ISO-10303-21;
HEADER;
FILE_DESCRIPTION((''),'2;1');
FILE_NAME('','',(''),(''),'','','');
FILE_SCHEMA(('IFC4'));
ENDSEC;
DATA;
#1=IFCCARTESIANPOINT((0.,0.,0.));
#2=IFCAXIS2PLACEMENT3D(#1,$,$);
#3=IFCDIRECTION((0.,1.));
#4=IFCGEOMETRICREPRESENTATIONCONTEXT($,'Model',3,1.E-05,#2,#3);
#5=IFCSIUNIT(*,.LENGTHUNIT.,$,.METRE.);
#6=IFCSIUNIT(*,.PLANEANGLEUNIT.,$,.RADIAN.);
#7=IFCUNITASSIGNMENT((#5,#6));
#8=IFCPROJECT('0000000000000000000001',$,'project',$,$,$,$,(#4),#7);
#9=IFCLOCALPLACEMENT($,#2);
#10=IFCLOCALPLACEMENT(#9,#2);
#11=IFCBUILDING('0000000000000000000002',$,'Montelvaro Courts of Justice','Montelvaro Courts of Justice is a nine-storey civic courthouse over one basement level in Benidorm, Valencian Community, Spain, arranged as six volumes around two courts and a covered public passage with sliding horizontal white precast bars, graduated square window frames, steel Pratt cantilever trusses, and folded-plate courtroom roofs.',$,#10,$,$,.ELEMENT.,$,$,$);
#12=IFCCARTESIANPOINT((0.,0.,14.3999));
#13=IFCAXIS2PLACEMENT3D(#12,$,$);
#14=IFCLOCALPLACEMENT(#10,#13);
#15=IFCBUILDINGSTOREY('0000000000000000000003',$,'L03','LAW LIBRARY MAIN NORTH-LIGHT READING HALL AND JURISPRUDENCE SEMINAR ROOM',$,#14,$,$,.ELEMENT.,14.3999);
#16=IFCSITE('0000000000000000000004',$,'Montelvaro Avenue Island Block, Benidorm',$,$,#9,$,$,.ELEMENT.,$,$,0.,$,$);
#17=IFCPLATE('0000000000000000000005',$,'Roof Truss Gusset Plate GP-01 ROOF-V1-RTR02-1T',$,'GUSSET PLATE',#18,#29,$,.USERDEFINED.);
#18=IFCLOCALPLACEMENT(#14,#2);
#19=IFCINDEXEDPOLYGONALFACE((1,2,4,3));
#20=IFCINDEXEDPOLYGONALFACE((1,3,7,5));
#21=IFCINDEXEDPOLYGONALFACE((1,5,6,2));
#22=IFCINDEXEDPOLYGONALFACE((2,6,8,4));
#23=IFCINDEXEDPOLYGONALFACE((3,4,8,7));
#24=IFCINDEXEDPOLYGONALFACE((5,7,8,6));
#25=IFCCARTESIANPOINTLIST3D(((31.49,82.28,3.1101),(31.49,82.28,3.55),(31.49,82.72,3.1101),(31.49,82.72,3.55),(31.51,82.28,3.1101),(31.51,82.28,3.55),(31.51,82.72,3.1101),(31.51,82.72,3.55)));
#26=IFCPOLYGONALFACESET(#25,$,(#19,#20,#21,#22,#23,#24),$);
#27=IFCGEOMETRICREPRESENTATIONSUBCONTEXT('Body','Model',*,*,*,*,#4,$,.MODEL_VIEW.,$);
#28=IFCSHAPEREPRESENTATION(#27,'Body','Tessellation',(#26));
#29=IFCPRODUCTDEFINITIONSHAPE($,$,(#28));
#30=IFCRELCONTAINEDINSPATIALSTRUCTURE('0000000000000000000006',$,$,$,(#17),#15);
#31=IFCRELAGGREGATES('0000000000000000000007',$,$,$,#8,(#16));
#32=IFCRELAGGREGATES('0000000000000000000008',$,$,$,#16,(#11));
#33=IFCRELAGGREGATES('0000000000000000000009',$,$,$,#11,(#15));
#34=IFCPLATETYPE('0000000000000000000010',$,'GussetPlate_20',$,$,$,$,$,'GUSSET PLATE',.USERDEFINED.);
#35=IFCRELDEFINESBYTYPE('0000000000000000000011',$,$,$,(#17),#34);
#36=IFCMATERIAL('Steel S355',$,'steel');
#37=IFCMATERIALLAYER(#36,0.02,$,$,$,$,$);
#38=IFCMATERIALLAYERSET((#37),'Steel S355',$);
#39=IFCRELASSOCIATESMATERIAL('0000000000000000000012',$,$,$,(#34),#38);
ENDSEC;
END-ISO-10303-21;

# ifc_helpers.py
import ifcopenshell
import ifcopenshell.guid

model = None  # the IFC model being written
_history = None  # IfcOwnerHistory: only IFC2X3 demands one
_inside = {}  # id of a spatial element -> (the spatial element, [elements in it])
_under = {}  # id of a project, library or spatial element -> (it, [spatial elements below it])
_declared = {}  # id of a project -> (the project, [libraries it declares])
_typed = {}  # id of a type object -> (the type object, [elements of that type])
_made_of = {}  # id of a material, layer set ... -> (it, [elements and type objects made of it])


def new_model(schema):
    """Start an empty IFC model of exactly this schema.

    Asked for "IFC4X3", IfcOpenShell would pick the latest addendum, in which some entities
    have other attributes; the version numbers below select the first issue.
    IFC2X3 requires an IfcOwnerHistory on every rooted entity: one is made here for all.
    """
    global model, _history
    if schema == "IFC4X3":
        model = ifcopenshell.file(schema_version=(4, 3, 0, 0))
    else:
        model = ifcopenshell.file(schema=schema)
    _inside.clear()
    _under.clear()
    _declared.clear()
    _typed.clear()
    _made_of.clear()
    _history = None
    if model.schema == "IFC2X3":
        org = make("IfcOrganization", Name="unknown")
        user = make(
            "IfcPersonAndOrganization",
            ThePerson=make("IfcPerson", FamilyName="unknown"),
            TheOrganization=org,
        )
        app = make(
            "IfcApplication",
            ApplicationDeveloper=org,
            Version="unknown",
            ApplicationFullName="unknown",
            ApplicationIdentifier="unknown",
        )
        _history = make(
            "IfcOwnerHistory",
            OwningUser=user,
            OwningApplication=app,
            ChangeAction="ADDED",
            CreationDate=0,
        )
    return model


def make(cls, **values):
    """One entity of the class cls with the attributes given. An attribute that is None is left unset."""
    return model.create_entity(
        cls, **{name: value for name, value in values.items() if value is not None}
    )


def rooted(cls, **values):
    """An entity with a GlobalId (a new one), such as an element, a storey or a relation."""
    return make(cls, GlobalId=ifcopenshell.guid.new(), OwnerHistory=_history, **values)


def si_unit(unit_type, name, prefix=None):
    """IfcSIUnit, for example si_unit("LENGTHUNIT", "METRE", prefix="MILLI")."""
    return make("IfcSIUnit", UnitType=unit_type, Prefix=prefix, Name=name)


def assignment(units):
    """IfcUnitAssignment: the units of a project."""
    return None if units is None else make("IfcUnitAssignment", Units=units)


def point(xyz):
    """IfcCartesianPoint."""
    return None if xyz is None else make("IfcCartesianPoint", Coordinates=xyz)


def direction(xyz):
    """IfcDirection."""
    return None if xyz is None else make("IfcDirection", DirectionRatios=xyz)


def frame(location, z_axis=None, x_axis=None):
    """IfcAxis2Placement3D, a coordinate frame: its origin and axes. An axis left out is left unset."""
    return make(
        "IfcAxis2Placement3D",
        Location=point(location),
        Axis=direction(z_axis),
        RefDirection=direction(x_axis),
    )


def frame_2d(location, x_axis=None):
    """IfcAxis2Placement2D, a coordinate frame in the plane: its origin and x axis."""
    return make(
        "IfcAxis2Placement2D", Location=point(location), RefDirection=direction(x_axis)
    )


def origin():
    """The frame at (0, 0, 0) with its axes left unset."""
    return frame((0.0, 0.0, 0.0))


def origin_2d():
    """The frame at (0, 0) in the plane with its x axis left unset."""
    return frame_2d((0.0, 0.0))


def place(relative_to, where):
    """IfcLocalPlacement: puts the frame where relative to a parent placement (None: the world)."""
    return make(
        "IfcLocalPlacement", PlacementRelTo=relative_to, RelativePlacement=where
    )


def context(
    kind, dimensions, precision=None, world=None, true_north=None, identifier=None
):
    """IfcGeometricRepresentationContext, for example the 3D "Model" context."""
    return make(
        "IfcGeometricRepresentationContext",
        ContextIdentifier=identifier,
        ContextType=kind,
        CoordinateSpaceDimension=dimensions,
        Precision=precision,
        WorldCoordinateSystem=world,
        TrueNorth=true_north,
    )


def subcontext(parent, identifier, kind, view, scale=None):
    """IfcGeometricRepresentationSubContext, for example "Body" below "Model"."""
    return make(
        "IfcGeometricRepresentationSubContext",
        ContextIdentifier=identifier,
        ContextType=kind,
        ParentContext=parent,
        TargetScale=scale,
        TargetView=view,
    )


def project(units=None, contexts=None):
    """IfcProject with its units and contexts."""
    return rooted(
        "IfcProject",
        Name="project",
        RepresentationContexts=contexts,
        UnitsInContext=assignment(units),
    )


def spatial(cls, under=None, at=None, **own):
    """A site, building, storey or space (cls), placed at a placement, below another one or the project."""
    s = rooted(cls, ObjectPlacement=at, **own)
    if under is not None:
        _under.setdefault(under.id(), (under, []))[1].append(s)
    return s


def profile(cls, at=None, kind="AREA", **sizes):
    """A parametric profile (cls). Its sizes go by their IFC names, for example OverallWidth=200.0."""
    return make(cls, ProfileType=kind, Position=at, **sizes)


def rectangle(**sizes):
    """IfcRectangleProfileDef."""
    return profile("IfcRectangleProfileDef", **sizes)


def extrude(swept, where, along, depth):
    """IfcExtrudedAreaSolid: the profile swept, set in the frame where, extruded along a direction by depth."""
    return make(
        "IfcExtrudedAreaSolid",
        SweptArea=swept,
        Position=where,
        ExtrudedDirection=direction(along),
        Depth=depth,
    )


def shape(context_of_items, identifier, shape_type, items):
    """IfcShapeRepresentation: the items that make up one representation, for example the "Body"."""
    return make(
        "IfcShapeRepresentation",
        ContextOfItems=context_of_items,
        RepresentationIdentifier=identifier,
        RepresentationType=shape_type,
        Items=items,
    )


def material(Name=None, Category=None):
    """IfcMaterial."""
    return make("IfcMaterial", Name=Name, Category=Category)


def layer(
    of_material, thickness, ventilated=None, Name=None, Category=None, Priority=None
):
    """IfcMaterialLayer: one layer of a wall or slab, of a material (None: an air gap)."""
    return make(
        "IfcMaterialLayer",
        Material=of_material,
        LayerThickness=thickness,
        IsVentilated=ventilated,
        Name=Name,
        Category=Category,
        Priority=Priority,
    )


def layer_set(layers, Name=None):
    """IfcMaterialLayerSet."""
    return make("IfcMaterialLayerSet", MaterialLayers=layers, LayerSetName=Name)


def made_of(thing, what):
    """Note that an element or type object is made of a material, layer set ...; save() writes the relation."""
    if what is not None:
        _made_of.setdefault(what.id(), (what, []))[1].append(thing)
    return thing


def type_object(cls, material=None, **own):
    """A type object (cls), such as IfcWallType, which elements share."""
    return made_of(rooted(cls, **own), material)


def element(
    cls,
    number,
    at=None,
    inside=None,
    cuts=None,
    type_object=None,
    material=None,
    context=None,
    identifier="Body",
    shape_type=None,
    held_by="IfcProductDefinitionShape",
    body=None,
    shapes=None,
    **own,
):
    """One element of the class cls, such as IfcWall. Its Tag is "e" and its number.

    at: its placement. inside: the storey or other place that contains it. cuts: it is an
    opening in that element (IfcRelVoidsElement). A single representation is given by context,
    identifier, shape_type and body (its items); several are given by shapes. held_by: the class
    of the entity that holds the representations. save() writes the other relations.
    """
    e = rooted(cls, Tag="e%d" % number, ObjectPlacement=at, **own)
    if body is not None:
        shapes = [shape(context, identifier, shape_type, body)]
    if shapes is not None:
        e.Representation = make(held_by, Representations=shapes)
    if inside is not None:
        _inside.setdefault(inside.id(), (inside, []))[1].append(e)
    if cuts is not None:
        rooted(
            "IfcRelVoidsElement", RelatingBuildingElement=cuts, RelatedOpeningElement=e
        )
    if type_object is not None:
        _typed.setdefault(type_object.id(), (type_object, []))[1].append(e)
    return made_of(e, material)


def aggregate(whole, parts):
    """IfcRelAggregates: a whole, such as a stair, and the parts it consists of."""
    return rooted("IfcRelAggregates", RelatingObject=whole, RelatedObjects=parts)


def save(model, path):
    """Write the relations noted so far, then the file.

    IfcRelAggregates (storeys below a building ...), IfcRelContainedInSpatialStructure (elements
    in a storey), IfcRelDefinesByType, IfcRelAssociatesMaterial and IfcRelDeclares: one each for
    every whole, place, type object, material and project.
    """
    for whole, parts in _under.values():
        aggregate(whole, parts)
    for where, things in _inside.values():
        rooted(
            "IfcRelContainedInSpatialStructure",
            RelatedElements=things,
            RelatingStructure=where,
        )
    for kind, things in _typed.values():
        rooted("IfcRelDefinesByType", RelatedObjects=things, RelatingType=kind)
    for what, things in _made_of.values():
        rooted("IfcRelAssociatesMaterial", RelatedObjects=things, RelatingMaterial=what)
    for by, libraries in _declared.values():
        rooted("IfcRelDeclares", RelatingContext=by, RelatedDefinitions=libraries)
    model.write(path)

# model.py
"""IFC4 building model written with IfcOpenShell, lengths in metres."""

from ifc_helpers import new_model, si_unit, direction, frame, origin, origin_2d, place, context, subcontext, project, spatial, rectangle, extrude, material, layer, layer_set, type_object, element, save


model = new_model("IFC4")

# Units and contexts
model_context = context("Model", 3, precision=1e-05, world=origin(), true_north=direction((0.0, 1.0)))
body_context = subcontext(model_context, "Body", "Model", "MODEL_VIEW")
ifc_project = project(units=[si_unit("LENGTHUNIT", "METRE"), si_unit("PLANEANGLEUNIT", "RADIAN")], contexts=[model_context])

# Site, building, storey
site_placement = place(None, origin())
site = spatial("IfcSite", under=ifc_project, at=site_placement, Name="Montelvaro Avenue Island Block, Benidorm", CompositionType="ELEMENT", RefElevation=0.0)
building_placement = place(site_placement, origin())
building = spatial("IfcBuilding", under=site, at=building_placement, Name="Montelvaro Courts of Justice", Description="Montelvaro Courts of Justice is a nine-storey civic courthouse over one basement level in Benidorm, Valencian Community, Spain, arranged as six volumes around two courts and a covered public passage with sliding horizontal white precast bars, graduated square window frames, steel Pratt cantilever trusses, and folded-plate courtroom roofs.", CompositionType="ELEMENT")
storey_placement = place(building_placement, frame((0.0, 0.0, 14.3999)))
storey = spatial("IfcBuildingStorey", under=building, at=storey_placement, Name="L03", Description="LAW LIBRARY MAIN NORTH-LIGHT READING HALL AND JURISPRUDENCE SEMINAR ROOM", CompositionType="ELEMENT", Elevation=14.3999)

# Shared definitions
ifc_material = material(Name="Steel S355", Category="steel")

# Plate
ifc_layer_1 = layer(ifc_material, 0.02)
ifc_layer_set_1 = layer_set([ifc_layer_1], Name="Steel S355")
plate_type_1 = type_object("IfcPlateType", Name="GussetPlate_20", ElementType="GUSSET PLATE", PredefinedType="USERDEFINED", material=ifc_layer_set_1)
for number, where, z_axis, x_axis, name in (
    (1, (31.5, 82.5, 3.1101), (0.0, 0.0, 1.0), (1.0, 0.0, 0.0), "Roof Truss Gusset Plate GP-01 ROOF-V1-RTR02-1T"),
):
    element("IfcPlate", number, at=place(storey_placement, frame(where, z_axis=z_axis, x_axis=x_axis)), inside=storey, type_object=plate_type_1, Name=name, ObjectType="GUSSET PLATE", PredefinedType="USERDEFINED", context=body_context, shape_type="SweptSolid", body=[
        extrude(rectangle(XDim=0.02, YDim=0.4399, at=origin_2d()), origin(), (0.0, 0.0, 1.0), 0.4399),
    ])

save(model, "model.ifc")
